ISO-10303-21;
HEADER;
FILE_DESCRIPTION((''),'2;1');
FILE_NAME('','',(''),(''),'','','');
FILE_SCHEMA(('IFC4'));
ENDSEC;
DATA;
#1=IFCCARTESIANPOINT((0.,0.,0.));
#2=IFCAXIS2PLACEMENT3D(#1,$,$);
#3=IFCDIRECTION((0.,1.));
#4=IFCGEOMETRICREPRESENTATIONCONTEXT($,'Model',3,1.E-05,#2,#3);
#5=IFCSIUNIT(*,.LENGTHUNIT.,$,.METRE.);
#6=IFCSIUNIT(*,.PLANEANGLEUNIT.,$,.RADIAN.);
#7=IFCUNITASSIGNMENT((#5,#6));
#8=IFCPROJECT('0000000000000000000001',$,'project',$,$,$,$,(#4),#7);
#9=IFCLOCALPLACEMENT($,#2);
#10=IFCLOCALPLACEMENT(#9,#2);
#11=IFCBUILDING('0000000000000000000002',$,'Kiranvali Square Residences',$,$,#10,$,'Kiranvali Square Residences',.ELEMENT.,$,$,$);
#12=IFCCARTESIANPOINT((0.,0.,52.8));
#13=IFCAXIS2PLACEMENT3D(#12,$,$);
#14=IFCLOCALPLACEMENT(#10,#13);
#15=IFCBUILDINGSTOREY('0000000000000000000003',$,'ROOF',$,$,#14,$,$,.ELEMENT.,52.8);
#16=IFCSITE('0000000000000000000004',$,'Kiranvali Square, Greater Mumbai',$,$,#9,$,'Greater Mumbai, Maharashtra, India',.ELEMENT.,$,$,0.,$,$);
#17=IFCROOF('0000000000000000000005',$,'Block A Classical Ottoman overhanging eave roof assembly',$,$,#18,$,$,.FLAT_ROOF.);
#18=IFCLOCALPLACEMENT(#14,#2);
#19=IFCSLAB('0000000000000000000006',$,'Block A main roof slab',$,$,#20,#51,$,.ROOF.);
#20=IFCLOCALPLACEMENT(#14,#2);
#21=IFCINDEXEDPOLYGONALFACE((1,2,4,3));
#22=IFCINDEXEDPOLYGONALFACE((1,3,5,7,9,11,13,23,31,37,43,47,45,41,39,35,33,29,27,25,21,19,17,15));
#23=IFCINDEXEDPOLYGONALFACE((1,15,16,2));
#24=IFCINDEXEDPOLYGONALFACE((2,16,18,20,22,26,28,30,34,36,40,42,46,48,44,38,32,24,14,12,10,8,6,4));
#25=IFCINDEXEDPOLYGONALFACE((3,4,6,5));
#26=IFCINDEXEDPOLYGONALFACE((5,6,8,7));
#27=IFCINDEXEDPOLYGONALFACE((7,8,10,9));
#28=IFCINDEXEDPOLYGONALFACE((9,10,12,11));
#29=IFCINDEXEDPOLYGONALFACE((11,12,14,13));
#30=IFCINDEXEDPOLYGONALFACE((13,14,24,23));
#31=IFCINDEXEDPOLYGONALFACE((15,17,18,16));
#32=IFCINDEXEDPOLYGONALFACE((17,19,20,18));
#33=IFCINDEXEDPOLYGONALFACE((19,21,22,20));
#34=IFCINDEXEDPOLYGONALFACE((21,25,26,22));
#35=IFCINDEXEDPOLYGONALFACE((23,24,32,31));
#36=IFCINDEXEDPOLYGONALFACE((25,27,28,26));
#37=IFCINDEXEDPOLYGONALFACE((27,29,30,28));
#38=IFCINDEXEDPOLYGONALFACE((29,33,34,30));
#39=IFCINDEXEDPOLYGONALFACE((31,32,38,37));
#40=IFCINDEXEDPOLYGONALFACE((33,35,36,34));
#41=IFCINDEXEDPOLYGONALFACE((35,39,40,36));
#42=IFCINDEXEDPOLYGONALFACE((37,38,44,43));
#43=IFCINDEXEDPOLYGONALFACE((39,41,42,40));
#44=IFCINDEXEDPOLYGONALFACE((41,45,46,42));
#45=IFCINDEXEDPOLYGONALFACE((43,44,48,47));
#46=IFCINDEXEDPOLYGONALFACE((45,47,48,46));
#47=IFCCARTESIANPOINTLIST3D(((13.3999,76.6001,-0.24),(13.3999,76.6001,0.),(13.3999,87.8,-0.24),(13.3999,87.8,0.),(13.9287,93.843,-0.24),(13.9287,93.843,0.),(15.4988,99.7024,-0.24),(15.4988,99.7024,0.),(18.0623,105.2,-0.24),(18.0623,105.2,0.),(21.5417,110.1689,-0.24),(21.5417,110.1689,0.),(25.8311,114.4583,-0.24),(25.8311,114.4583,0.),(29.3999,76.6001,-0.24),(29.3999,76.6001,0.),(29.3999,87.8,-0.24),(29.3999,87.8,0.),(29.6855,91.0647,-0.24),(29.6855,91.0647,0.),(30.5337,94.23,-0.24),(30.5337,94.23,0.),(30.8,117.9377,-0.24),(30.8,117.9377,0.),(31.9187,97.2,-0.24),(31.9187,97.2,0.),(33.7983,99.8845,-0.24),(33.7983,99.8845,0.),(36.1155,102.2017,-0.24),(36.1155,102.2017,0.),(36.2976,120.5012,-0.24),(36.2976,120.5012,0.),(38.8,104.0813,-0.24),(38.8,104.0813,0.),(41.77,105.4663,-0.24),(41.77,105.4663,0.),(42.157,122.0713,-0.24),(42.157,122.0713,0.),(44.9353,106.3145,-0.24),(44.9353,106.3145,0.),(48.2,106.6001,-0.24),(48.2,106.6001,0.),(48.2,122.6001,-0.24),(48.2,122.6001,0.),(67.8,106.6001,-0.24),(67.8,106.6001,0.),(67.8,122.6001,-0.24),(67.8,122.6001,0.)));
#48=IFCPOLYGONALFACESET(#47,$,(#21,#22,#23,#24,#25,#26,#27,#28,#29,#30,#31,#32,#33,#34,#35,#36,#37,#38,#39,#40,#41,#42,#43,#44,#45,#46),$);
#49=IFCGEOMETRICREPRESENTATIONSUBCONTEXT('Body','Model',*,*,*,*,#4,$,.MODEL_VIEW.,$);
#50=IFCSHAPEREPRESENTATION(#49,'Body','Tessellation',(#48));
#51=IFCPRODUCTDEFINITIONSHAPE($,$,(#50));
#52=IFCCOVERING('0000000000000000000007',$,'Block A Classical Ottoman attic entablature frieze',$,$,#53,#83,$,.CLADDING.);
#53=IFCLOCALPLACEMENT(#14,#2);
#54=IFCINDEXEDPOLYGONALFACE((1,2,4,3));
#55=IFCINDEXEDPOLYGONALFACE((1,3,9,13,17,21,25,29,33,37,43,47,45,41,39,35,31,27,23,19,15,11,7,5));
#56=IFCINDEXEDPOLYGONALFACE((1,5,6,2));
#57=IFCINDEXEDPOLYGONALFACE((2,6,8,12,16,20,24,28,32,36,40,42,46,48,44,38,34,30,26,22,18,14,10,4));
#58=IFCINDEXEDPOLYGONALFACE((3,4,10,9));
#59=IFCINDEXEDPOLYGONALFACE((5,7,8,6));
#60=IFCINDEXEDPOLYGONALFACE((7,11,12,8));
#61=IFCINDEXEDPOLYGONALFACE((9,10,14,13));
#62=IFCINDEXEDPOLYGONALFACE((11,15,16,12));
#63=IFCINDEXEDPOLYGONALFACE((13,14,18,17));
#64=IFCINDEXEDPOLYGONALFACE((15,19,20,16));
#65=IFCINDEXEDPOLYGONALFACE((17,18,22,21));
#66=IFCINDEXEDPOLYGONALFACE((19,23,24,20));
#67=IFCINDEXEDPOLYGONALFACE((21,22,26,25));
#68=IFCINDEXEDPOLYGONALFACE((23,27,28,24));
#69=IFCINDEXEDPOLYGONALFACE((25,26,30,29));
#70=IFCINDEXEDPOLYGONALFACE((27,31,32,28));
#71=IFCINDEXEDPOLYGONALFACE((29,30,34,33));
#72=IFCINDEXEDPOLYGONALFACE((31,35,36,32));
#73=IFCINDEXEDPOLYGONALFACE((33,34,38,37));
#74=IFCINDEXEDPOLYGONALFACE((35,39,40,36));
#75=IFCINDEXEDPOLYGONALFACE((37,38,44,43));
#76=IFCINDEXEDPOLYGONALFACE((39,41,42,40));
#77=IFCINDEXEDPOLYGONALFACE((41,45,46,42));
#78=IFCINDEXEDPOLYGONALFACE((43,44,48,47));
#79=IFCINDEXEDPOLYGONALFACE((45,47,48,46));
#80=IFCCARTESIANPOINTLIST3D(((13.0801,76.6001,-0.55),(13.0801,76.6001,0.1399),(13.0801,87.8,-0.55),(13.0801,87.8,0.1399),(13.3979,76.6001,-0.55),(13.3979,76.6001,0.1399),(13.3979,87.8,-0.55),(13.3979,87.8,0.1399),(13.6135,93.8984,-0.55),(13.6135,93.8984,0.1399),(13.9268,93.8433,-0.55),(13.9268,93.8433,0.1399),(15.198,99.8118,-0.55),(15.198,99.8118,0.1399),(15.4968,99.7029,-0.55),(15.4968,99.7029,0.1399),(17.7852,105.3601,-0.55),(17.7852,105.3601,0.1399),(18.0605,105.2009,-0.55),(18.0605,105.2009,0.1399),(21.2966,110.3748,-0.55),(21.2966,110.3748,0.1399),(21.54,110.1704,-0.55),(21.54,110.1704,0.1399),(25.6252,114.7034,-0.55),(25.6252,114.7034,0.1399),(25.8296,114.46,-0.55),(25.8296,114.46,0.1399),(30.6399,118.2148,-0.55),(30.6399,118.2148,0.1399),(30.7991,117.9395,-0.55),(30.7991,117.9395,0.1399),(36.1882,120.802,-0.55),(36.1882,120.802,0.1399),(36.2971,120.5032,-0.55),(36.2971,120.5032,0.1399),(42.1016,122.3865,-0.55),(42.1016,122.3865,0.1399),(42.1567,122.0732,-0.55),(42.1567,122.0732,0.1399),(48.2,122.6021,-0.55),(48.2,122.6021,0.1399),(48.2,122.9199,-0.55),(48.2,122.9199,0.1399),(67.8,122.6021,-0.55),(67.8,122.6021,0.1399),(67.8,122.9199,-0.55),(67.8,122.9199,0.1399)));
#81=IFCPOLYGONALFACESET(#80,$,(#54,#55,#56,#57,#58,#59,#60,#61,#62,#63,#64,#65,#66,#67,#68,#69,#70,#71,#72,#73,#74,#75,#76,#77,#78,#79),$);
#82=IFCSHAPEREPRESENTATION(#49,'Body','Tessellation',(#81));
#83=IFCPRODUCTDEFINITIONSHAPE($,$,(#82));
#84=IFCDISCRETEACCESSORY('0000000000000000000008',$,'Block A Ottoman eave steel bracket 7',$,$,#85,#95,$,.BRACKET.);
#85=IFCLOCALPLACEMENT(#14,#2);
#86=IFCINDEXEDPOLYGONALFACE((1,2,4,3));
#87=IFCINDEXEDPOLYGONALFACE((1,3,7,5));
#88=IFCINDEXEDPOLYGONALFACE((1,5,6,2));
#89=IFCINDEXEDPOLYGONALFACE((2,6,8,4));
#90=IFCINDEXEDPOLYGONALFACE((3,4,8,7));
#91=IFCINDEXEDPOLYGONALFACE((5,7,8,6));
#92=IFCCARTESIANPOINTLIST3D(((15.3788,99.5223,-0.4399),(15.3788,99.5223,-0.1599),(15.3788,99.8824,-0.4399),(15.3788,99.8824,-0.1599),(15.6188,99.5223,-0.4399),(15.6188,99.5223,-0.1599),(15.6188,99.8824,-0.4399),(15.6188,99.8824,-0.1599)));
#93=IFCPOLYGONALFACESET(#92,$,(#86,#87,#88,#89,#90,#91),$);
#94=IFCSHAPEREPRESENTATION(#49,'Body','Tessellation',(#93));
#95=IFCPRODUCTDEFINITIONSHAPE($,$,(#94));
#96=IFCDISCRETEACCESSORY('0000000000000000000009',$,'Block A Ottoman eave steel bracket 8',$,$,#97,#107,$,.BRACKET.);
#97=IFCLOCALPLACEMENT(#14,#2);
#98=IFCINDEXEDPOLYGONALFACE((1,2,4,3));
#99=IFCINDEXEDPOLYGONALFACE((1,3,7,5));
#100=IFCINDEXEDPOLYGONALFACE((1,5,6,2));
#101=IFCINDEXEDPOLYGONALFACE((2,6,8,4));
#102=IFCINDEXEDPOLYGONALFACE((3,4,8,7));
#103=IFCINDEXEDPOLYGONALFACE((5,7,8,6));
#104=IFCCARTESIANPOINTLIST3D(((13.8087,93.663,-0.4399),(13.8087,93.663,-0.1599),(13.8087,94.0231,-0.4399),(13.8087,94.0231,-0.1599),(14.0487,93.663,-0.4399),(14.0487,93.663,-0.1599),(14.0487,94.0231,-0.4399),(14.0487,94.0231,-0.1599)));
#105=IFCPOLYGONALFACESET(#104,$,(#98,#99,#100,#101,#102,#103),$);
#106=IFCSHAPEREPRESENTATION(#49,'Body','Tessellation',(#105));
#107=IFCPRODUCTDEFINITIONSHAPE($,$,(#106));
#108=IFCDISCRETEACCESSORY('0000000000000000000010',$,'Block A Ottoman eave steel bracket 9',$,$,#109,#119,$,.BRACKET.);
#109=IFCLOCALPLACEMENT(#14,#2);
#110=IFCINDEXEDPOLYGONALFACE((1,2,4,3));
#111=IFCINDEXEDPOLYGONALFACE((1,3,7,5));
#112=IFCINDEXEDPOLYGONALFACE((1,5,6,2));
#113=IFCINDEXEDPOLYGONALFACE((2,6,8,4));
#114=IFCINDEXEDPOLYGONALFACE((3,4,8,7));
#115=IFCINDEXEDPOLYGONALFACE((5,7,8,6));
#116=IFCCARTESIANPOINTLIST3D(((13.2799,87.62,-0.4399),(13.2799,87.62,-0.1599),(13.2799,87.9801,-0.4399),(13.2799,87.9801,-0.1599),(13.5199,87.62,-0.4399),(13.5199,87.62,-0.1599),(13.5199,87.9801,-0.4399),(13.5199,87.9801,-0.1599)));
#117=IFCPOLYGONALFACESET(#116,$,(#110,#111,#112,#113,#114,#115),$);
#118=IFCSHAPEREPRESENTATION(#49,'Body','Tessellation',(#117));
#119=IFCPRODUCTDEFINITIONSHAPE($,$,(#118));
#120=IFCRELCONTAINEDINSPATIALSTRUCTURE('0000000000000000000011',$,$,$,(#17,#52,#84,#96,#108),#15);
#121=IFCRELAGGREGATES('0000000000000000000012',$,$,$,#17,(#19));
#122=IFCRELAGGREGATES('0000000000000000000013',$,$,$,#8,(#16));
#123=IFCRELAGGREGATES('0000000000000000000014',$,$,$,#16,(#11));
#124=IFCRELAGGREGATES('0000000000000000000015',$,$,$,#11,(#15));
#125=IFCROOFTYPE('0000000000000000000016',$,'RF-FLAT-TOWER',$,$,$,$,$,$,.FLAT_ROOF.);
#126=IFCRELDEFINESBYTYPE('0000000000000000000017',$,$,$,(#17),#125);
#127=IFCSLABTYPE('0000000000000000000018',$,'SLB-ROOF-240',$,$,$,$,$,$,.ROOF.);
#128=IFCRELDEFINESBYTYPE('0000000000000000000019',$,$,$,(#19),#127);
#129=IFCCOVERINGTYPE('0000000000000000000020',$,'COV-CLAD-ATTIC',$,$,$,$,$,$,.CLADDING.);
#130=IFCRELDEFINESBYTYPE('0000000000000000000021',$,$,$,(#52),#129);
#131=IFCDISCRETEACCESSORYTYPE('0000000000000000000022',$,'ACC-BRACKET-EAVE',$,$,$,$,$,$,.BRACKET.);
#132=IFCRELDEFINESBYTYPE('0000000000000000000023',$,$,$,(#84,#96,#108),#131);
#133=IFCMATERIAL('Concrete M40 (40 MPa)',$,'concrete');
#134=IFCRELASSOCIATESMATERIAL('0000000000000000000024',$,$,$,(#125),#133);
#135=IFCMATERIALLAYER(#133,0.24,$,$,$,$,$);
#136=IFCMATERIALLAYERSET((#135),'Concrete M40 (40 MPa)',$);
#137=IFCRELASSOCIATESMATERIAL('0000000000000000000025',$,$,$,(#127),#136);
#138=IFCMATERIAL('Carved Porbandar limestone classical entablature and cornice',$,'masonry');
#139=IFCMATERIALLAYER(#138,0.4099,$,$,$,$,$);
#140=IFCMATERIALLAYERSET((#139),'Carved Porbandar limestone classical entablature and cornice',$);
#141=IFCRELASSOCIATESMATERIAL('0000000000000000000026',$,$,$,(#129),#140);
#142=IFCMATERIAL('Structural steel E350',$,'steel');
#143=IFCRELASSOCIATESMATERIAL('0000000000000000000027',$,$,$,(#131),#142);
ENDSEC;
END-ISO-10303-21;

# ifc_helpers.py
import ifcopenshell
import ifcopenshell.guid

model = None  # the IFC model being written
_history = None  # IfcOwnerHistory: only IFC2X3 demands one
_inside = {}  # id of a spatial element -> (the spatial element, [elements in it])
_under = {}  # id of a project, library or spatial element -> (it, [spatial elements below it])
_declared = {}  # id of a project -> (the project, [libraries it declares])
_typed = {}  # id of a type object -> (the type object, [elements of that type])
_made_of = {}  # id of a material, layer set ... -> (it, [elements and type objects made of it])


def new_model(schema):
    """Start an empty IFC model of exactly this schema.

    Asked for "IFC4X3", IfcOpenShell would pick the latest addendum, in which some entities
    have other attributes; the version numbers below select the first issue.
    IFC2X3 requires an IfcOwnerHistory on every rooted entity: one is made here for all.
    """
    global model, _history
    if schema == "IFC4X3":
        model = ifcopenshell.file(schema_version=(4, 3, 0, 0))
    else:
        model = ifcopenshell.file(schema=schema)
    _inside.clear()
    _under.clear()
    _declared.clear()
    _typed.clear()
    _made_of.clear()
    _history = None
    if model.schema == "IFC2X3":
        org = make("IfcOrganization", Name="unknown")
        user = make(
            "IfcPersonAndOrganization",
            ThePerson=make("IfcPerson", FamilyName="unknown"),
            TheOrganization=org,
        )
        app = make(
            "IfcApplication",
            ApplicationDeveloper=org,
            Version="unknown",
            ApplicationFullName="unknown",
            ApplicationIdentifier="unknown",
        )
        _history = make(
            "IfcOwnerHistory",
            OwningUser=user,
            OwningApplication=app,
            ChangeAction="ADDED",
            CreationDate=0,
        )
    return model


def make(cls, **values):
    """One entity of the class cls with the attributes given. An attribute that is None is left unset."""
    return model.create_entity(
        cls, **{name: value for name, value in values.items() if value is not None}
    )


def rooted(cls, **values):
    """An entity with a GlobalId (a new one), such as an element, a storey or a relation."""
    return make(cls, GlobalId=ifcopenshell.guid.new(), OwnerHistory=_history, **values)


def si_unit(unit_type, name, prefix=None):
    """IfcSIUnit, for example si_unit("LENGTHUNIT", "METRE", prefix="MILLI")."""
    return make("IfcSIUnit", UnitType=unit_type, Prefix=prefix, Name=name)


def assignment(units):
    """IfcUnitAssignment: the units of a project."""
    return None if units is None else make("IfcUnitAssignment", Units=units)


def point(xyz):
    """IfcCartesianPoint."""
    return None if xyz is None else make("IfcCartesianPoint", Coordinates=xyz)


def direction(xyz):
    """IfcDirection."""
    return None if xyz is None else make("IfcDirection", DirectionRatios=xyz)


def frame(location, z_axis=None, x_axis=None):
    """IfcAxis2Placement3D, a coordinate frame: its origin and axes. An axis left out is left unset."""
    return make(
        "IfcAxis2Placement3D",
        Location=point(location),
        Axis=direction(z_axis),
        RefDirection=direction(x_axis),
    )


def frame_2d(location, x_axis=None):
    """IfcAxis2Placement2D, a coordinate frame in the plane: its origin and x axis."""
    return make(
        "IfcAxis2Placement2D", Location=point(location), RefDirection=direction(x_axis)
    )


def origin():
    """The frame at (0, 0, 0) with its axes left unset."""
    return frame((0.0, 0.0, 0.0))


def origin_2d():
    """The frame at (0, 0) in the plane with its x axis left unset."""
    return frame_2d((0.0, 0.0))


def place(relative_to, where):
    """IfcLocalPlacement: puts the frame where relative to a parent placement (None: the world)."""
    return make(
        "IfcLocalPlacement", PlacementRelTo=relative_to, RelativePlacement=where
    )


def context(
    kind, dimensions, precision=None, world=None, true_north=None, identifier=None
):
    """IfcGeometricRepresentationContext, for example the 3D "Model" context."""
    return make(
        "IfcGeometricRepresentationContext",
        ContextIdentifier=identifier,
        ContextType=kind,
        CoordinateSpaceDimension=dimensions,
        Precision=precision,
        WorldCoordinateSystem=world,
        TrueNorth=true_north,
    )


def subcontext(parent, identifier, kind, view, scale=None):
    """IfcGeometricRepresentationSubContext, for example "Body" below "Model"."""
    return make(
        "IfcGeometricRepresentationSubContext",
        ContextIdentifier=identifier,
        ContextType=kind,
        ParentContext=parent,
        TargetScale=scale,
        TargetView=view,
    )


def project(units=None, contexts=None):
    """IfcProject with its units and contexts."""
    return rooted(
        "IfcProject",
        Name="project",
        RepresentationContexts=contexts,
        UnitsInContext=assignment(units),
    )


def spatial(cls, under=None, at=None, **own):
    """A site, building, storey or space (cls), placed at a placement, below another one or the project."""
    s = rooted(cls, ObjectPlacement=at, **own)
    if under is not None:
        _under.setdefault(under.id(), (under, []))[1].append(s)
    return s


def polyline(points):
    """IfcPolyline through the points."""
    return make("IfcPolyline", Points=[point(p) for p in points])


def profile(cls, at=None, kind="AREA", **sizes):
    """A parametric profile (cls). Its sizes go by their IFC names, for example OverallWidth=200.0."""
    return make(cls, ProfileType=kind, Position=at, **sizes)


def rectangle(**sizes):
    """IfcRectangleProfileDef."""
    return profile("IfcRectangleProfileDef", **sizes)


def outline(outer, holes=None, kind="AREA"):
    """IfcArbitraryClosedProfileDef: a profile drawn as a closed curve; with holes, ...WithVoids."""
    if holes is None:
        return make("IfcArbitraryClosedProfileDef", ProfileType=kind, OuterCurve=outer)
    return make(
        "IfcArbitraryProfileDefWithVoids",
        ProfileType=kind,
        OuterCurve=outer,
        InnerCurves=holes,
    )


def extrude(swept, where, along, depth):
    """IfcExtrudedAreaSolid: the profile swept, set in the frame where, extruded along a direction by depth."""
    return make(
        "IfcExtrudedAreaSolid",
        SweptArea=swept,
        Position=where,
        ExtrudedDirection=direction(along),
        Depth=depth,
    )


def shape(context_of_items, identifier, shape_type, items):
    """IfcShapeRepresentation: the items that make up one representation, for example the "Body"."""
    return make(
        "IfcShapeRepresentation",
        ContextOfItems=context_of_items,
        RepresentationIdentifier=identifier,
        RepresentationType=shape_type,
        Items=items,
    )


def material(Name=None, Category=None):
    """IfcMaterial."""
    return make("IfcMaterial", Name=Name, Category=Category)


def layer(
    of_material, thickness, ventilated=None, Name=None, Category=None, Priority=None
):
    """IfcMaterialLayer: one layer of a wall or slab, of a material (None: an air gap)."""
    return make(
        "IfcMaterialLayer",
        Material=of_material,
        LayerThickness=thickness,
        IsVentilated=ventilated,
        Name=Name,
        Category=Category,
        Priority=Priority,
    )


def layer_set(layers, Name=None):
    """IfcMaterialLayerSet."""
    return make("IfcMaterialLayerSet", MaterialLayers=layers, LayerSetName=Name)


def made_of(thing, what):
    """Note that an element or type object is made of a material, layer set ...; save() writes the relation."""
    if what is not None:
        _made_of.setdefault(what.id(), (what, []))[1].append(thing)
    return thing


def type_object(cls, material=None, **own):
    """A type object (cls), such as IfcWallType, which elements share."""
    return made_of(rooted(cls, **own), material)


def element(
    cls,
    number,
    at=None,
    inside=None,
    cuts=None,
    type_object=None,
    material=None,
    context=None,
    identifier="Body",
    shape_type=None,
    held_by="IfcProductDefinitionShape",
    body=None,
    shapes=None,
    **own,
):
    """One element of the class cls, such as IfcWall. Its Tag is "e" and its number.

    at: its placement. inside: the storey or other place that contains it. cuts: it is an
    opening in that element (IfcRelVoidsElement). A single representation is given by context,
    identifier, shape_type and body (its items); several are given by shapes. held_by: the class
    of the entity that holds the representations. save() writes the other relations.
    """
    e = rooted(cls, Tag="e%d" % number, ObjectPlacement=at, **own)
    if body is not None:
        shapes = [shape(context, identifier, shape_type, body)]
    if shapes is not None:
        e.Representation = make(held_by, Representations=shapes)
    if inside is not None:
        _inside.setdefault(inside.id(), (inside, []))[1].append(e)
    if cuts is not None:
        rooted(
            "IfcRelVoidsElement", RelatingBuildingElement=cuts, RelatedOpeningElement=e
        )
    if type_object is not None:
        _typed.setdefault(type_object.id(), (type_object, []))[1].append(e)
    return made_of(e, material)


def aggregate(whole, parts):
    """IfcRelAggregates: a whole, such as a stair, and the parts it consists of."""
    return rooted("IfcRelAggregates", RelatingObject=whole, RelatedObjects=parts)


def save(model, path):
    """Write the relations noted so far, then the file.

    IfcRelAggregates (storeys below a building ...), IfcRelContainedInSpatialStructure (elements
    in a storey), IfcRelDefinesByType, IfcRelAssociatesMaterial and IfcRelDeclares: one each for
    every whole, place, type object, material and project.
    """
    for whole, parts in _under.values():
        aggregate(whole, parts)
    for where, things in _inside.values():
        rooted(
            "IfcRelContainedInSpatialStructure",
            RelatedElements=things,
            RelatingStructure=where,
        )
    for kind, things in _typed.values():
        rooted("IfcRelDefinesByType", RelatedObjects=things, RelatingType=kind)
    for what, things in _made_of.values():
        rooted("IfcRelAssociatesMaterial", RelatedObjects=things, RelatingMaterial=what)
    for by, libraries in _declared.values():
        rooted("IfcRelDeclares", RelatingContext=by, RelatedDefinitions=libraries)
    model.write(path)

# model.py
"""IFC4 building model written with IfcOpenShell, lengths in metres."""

from ifc_helpers import new_model, si_unit, direction, frame, origin, origin_2d, place, context, subcontext, project, spatial, polyline, rectangle, outline, extrude, material, layer, layer_set, type_object, element, aggregate, save


model = new_model("IFC4")

# Units and contexts
model_context = context("Model", 3, precision=1e-05, world=origin(), true_north=direction((0.0, 1.0)))
body_context = subcontext(model_context, "Body", "Model", "MODEL_VIEW")
ifc_project = project(units=[si_unit("LENGTHUNIT", "METRE"), si_unit("PLANEANGLEUNIT", "RADIAN")], contexts=[model_context])

# Site, building, storey
site_placement = place(None, origin())
site = spatial("IfcSite", under=ifc_project, at=site_placement, Name="Kiranvali Square, Greater Mumbai", LongName="Greater Mumbai, Maharashtra, India", CompositionType="ELEMENT", RefElevation=0.0)
building_placement = place(site_placement, origin())
building = spatial("IfcBuilding", under=site, at=building_placement, Name="Kiranvali Square Residences", LongName="Kiranvali Square Residences", CompositionType="ELEMENT")
storey_placement = place(building_placement, frame((0.0, 0.0, 52.8)))
storey = spatial("IfcBuildingStorey", under=building, at=storey_placement, Name="ROOF", CompositionType="ELEMENT", Elevation=52.8)

# Shared definitions
ifc_material_1 = material(Name="Structural steel E350", Category="steel")

# Roof, slab
ifc_material_2 = material(Name="Concrete M40 (40 MPa)", Category="concrete")
roof_type = type_object("IfcRoofType", Name="RF-FLAT-TOWER", PredefinedType="FLAT_ROOF", material=ifc_material_2)
roof_placement = place(storey_placement, origin())
roof = element("IfcRoof", 1, at=roof_placement, inside=storey, type_object=roof_type, Name="Block A Classical Ottoman overhanging eave roof assembly", PredefinedType="FLAT_ROOF")
ifc_layer_1 = layer(ifc_material_2, 0.24)
ifc_layer_set_1 = layer_set([ifc_layer_1], Name="Concrete M40 (40 MPa)")
slab_type_1 = type_object("IfcSlabType", Name="SLB-ROOF-240", PredefinedType="ROOF", material=ifc_layer_set_1)
slab_1_placement = place(storey_placement, frame((0.0, 0.0, -0.24)))
slab_1 = element("IfcSlab", 2, at=slab_1_placement, type_object=slab_type_1, Name="Block A main roof slab", PredefinedType="ROOF", context=body_context, shape_type="SweptSolid", body=[
    extrude(outline(polyline([(67.8, 106.6001), (67.8, 122.6001), (48.2, 122.6001), (42.157, 122.0713), (36.2976, 120.5012), (30.8, 117.9377), (25.8311, 114.4583), (21.5417, 110.1689), (18.0623, 105.2), (15.4988, 99.7024), (13.9287, 93.843), (13.3999, 87.8), (13.3999, 76.6001), (29.3999, 76.6001), (29.3999, 87.8), (29.6855, 91.0647), (30.5337, 94.23), (31.9187, 97.2), (33.7983, 99.8845), (36.1155, 102.2017), (38.8, 104.0813), (41.77, 105.4663), (44.9353, 106.3145), (48.2, 106.6001), (67.8, 106.6001)])), origin(), (0.0, 0.0, 1.0), 0.24),
])
aggregate(roof, [slab_1])

# Covering
ifc_material_3 = material(Name="Carved Porbandar limestone classical entablature and cornice", Category="masonry")
ifc_layer_2 = layer(ifc_material_3, 0.4099)
ifc_layer_set_2 = layer_set([ifc_layer_2], Name="Carved Porbandar limestone classical entablature and cornice")
covering_type = type_object("IfcCoveringType", Name="COV-CLAD-ATTIC", PredefinedType="CLADDING", material=ifc_layer_set_2)
covering_placement = place(storey_placement, frame((0.0, 0.0, -0.55)))
element("IfcCovering", 3, at=covering_placement, inside=storey, type_object=covering_type, Name="Block A Classical Ottoman attic entablature frieze", PredefinedType="CLADDING", context=body_context, shape_type="SweptSolid", body=[
    extrude(outline(polyline([(67.8, 122.9199), (48.2, 122.9199), (42.1016, 122.3865), (36.1882, 120.802), (30.6399, 118.2148), (25.6252, 114.7034), (21.2966, 110.3748), (17.7852, 105.3601), (15.198, 99.8118), (13.6135, 93.8984), (13.0801, 87.8), (13.0801, 76.6001), (13.3979, 76.6001), (13.3979, 87.8), (13.9268, 93.8433), (15.4968, 99.7029), (18.0605, 105.2009), (21.54, 110.1704), (25.8296, 114.46), (30.7991, 117.9395), (36.2971, 120.5032), (42.1567, 122.0732), (48.2, 122.6021), (67.8, 122.6021), (67.8, 122.9199)])), origin(), (0.0, 0.0, 1.0), 0.6899),
])

# Discrete accessories
discrete_accessory_type = type_object("IfcDiscreteAccessoryType", Name="ACC-BRACKET-EAVE", PredefinedType="BRACKET", material=ifc_material_1)
for number, where, z_axis, x_axis, name in (
    (4, (15.4988, 99.7024, -0.4399), (0.0, 0.0, 1.0), (1.0, 0.0, 0.0), "Block A Ottoman eave steel bracket 7"),
    (5, (13.9287, 93.843, -0.4399), (0.0, 0.0, 1.0), (1.0, 0.0, 0.0), "Block A Ottoman eave steel bracket 8"),
    (6, (13.3999, 87.8, -0.4399), (0.0, 0.0, 1.0), (1.0, 0.0, 0.0), "Block A Ottoman eave steel bracket 9"),
):
    element("IfcDiscreteAccessory", number, at=place(storey_placement, frame(where, z_axis=z_axis, x_axis=x_axis)), inside=storey, type_object=discrete_accessory_type, Name=name, PredefinedType="BRACKET", context=body_context, shape_type="SweptSolid", body=[
        extrude(rectangle(XDim=0.24, YDim=0.3601, at=origin_2d()), origin(), (0.0, 0.0, 1.0), 0.28),
    ])

save(model, "model.ifc")
